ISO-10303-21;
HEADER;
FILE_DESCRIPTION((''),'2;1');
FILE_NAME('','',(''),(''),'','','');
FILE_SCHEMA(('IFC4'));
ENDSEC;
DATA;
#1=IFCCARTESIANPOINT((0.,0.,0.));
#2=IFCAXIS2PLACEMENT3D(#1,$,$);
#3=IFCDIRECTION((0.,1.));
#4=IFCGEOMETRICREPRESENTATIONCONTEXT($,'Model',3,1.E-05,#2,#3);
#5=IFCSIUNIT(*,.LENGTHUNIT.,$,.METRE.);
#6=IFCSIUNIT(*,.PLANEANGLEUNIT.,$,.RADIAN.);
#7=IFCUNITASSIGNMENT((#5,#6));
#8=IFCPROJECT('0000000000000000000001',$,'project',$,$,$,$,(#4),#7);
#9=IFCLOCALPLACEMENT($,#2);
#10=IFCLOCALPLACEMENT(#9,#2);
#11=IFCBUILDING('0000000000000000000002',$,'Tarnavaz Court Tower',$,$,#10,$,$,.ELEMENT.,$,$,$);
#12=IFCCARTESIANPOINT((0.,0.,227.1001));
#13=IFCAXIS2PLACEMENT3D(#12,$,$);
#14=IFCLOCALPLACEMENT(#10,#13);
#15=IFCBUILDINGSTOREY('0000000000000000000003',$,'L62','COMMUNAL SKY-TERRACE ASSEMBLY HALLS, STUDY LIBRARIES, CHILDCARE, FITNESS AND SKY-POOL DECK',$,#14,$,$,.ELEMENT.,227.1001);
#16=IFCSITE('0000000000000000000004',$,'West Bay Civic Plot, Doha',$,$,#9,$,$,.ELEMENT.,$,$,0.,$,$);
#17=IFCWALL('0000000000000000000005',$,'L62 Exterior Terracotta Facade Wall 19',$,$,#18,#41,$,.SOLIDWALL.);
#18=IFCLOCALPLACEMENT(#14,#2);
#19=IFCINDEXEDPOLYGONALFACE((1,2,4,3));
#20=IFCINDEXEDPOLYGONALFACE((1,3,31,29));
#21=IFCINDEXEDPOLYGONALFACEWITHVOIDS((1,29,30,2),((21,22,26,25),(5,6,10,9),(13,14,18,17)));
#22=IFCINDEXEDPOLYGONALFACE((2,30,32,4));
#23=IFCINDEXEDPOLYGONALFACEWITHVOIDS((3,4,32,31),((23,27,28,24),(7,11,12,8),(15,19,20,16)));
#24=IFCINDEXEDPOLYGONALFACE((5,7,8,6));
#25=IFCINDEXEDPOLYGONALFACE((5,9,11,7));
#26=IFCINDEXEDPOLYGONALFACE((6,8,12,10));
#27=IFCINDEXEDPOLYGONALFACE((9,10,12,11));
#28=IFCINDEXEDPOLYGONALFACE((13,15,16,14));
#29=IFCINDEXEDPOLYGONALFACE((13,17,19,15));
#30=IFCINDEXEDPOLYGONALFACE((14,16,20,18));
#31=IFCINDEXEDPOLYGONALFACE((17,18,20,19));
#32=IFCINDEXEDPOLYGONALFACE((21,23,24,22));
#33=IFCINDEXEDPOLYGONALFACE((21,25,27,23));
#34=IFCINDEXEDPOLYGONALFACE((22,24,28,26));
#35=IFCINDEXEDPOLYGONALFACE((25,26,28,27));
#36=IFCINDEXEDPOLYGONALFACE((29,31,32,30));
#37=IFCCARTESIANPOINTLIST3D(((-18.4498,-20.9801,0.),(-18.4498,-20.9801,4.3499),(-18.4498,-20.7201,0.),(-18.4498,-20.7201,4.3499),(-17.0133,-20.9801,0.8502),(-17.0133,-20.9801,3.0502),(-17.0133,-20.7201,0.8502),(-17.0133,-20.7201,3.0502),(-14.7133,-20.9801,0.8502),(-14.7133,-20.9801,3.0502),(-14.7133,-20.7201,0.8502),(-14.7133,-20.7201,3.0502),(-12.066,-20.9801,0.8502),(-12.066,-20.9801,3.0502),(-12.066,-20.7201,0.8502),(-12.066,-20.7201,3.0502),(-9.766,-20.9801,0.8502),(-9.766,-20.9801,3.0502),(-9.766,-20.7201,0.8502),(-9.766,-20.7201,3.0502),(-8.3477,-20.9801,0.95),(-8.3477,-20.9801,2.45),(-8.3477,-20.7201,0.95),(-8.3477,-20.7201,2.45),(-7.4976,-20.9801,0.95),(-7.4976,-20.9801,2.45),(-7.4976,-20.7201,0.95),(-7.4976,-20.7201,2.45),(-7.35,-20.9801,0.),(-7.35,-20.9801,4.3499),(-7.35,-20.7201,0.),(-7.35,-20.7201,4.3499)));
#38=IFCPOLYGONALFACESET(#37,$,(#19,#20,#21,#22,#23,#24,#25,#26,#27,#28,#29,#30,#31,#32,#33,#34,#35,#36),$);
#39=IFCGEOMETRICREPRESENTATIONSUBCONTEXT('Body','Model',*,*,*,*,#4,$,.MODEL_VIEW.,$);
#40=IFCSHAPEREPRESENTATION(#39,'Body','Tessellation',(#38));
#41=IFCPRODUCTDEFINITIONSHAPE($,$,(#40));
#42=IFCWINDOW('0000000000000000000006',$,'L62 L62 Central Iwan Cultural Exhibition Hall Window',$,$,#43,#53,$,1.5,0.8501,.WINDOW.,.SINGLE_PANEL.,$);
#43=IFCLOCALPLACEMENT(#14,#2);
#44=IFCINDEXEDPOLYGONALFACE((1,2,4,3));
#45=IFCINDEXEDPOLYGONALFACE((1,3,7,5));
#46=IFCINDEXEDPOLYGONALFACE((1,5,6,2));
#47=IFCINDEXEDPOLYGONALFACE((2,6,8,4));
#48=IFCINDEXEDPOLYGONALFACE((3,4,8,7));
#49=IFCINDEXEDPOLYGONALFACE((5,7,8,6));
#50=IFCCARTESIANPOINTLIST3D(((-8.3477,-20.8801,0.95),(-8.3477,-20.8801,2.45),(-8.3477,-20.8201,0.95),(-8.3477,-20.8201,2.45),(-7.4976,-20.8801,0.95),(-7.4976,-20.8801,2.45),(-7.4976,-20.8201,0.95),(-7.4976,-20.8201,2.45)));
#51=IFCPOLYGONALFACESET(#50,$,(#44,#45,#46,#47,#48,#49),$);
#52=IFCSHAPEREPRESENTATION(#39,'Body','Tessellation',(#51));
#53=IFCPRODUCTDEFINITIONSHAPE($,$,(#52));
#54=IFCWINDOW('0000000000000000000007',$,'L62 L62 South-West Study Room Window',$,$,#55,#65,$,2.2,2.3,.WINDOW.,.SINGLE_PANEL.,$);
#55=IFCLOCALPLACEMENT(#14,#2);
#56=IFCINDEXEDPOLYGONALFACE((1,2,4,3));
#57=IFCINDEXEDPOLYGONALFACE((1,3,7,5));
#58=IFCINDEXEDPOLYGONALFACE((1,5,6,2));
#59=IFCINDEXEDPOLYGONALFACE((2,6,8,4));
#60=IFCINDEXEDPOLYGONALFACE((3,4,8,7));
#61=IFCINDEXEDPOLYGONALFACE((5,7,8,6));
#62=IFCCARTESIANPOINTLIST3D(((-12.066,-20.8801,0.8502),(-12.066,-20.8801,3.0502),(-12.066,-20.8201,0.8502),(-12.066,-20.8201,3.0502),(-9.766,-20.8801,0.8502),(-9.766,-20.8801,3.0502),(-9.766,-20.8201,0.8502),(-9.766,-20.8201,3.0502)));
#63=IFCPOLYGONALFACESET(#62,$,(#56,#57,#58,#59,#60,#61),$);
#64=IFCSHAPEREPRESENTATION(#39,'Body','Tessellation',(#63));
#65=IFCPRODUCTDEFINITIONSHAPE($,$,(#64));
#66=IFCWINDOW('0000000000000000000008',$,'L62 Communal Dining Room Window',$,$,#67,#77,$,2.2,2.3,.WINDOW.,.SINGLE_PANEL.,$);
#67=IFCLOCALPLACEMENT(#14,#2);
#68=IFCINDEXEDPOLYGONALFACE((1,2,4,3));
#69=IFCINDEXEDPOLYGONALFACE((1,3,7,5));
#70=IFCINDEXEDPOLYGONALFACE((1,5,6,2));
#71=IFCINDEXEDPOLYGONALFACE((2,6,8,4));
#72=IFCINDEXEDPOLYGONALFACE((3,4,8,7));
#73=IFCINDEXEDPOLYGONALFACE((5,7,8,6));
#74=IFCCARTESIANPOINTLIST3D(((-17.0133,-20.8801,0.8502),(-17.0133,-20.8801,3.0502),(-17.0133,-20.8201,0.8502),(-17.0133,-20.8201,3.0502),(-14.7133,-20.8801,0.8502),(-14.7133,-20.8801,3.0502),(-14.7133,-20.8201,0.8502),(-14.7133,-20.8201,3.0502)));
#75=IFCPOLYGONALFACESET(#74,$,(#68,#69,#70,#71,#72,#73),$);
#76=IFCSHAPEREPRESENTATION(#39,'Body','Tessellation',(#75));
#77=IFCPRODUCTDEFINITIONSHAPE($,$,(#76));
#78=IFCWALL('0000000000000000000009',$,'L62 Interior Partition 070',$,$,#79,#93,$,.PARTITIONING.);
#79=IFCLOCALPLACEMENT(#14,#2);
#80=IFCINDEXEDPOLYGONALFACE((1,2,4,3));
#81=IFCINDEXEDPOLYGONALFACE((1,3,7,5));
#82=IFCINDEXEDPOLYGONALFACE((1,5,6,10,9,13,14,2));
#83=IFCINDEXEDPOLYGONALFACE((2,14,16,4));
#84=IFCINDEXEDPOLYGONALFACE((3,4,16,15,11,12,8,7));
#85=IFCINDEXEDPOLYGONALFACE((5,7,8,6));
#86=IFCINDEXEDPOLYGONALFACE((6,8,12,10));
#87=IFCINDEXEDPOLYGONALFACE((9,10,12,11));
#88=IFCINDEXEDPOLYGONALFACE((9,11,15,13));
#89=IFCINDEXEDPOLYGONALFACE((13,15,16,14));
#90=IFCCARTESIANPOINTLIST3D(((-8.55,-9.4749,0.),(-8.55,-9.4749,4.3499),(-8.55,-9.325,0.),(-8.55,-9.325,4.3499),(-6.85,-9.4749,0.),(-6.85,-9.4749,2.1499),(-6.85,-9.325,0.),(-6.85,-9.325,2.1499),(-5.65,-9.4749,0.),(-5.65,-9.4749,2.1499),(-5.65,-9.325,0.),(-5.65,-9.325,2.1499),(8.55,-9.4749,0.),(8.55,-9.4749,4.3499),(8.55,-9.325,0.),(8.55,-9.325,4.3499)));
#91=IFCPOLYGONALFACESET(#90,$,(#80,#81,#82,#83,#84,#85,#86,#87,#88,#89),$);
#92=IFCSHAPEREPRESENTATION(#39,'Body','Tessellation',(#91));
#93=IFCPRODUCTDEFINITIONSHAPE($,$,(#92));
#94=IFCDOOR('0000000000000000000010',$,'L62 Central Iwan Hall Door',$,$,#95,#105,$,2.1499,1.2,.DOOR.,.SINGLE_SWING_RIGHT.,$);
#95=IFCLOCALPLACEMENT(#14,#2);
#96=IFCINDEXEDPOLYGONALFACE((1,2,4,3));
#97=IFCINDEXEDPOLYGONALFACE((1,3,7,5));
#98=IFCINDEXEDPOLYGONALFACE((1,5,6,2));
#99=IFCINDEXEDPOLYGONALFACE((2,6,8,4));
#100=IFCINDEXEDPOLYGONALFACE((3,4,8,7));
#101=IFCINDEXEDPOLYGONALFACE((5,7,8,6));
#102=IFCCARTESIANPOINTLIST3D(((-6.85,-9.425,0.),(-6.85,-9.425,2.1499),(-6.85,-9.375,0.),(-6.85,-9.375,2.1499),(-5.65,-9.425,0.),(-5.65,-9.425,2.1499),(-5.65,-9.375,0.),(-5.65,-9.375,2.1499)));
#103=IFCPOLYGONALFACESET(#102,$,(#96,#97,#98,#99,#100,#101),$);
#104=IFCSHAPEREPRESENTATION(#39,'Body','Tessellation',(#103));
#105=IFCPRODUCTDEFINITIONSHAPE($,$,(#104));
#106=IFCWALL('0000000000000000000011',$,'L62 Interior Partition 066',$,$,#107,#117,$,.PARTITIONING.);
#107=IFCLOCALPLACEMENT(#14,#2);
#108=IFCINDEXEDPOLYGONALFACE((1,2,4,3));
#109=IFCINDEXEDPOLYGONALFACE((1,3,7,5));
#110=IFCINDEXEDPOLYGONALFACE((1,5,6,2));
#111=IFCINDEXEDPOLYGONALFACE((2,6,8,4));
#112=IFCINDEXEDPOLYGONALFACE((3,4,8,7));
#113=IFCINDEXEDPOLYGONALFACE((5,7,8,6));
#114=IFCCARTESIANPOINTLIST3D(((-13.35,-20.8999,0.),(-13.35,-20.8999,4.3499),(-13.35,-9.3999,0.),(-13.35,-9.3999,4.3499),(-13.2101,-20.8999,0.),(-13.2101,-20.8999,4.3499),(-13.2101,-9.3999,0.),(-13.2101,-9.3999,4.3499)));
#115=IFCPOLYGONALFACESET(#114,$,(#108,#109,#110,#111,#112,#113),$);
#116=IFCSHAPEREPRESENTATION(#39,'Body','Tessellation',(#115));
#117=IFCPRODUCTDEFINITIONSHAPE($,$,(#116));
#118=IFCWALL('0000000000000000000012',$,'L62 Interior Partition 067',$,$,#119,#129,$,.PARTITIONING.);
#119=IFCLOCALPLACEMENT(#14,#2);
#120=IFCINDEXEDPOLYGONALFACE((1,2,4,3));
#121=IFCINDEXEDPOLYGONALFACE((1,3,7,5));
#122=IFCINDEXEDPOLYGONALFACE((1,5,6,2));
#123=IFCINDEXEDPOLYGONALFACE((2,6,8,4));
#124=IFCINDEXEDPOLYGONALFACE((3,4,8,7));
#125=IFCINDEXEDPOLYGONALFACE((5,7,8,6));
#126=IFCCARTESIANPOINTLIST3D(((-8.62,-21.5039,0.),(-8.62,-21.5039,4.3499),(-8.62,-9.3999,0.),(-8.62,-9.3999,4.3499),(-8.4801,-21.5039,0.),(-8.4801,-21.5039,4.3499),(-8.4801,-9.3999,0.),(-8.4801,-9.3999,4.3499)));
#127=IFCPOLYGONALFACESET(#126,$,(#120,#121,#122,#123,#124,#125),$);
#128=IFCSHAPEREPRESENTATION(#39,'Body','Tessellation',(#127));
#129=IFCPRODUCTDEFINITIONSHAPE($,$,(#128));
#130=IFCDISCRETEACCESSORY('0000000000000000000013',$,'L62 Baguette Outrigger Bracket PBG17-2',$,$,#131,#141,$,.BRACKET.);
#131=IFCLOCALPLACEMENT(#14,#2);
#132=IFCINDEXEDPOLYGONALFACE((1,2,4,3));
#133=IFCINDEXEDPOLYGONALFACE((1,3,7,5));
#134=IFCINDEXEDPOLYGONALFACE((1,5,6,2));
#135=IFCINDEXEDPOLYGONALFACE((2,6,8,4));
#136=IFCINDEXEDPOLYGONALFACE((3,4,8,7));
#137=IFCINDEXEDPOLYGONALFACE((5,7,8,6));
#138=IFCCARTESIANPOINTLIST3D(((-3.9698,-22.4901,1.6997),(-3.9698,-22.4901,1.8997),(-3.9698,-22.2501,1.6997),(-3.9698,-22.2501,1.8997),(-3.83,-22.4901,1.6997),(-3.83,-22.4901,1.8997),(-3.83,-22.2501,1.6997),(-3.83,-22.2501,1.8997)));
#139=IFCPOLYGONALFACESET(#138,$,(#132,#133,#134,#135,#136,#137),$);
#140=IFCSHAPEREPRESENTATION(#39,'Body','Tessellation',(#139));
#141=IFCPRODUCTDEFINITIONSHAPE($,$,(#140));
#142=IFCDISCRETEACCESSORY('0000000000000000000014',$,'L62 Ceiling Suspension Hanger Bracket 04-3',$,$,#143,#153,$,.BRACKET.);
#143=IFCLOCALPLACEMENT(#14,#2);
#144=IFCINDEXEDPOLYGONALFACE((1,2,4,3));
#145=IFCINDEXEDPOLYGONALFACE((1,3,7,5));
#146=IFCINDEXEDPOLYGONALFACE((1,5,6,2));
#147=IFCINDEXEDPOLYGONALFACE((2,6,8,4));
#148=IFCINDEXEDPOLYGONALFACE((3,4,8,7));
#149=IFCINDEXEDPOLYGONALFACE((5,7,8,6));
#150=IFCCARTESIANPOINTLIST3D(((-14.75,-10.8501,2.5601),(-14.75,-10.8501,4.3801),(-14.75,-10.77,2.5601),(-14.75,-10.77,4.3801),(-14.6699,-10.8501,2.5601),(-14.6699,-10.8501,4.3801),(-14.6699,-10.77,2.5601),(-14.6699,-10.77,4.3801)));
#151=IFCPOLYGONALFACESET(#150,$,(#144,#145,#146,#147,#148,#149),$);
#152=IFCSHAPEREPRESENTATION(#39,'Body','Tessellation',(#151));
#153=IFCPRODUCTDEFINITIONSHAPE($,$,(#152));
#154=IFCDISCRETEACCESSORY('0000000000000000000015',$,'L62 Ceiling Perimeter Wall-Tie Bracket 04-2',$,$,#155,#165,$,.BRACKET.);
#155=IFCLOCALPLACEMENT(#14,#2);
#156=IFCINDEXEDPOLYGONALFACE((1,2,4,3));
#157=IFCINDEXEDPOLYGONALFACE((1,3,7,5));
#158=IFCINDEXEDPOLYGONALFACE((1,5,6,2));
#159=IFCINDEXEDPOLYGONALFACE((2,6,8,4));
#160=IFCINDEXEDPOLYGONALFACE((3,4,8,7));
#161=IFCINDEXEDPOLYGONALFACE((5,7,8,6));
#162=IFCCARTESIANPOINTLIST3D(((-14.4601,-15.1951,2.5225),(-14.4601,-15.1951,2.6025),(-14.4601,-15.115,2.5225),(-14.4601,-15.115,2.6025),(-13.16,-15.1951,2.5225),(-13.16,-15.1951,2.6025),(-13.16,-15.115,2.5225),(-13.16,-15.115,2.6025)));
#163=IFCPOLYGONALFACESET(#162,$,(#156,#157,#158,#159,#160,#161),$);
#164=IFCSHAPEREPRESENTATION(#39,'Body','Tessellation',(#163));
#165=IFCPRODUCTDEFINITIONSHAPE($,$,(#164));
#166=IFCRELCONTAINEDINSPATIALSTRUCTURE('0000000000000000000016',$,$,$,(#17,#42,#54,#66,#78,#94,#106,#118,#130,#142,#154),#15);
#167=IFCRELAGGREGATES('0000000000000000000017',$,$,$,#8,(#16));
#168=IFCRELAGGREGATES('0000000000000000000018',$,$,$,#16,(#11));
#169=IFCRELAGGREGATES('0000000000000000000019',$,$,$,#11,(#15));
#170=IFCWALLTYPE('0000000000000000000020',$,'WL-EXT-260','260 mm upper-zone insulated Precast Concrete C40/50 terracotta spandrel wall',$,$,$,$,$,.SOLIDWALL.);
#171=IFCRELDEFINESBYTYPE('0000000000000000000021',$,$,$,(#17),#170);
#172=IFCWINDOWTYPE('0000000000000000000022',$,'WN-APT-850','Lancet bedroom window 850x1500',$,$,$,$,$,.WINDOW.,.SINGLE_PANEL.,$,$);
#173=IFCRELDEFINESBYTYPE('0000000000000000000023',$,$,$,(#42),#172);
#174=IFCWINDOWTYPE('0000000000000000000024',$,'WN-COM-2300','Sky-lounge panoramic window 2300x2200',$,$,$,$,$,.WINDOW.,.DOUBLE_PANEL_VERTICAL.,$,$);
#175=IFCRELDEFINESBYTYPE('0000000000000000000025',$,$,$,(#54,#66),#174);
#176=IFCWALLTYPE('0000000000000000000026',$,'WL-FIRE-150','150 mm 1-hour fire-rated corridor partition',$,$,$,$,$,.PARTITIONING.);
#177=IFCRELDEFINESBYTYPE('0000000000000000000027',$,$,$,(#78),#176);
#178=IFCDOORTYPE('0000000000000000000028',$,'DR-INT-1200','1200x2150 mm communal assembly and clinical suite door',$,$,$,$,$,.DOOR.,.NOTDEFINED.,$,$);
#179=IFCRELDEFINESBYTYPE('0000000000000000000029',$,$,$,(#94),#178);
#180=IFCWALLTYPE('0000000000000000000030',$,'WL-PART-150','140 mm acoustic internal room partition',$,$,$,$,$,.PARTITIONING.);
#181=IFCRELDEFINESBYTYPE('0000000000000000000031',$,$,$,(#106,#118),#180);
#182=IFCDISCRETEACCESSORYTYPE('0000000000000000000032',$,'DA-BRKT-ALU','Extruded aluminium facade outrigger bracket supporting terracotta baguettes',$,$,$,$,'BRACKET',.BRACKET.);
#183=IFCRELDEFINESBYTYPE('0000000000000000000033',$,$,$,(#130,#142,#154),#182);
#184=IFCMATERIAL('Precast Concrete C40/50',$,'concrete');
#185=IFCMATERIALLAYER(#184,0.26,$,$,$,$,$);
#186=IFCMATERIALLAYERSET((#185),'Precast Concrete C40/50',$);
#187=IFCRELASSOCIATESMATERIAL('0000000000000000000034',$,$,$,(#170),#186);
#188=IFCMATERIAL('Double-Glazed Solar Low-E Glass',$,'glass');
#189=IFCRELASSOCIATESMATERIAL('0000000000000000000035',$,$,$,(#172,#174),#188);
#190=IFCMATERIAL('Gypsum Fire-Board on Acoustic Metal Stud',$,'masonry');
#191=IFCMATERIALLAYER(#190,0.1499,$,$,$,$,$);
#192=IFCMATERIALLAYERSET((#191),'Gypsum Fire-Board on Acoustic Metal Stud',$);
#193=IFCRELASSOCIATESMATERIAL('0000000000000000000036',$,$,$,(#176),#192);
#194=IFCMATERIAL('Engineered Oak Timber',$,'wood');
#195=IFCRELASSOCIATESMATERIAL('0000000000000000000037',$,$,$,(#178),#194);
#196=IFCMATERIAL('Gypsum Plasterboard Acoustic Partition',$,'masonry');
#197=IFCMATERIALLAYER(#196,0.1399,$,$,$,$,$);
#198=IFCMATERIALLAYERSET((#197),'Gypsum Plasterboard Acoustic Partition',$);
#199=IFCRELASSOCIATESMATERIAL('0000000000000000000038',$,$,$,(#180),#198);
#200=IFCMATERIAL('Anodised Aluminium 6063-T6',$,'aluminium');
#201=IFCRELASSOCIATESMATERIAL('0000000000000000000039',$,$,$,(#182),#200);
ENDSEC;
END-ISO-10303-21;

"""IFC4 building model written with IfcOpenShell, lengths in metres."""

from ifc_helpers import new_model, si_unit, direction, frame, frame_2d, origin, origin_2d, place, context, subcontext, project, spatial, rectangle, extrude, material, layer, layer_set, type_object, element, fill, save


model = new_model("IFC4")

# Units and contexts
model_context = context("Model", 3, precision=1e-05, world=origin(), true_north=direction((0.0, 1.0)))
body_context = subcontext(model_context, "Body", "Model", "MODEL_VIEW")
ifc_project = project(units=[si_unit("LENGTHUNIT", "METRE"), si_unit("PLANEANGLEUNIT", "RADIAN")], contexts=[model_context])

# Site, building, storey
site_placement = place(None, origin())
site = spatial("IfcSite", under=ifc_project, at=site_placement, Name="West Bay Civic Plot, Doha", CompositionType="ELEMENT", RefElevation=0.0)
building_placement = place(site_placement, origin())
building = spatial("IfcBuilding", under=site, at=building_placement, Name="Tarnavaz Court Tower", CompositionType="ELEMENT")
storey_placement = place(building_placement, frame((0.0, 0.0, 227.1001)))
storey = spatial("IfcBuildingStorey", under=building, at=storey_placement, Name="L62", Description="COMMUNAL SKY-TERRACE ASSEMBLY HALLS, STUDY LIBRARIES, CHILDCARE, FITNESS AND SKY-POOL DECK", CompositionType="ELEMENT", Elevation=227.1001)

# Shared definitions
ifc_material_1 = material(Name="Anodised Aluminium 6063-T6", Category="aluminium")
ifc_material_2 = material(Name="Double-Glazed Solar Low-E Glass", Category="glass")

# Shared definitions
ifc_material_3 = material(Name="Precast Concrete C40/50", Category="concrete")
ifc_layer_1 = layer(ifc_material_3, 0.26)
ifc_layer_set_1 = layer_set([ifc_layer_1], Name="Precast Concrete C40/50")
wall_type_1 = type_object("IfcWallType", Name="WL-EXT-260", Description="260 mm upper-zone insulated Precast Concrete C40/50 terracotta spandrel wall", PredefinedType="SOLIDWALL", material=ifc_layer_set_1)

# Wall, openings, windows
wall_1_placement = place(storey_placement, frame((-7.3501, -20.8501, 0.0), z_axis=(0.0, 0.0, 1.0), x_axis=(-1.0, 0.0, 0.0)))
wall_1 = element("IfcWall", 1, at=wall_1_placement, inside=storey, type_object=wall_type_1, Name="L62 Exterior Terracotta Facade Wall 19", PredefinedType="SOLIDWALL", context=body_context, shape_type="SweptSolid", body=[
    extrude(rectangle(XDim=11.0999, YDim=0.26, at=frame_2d((5.5498, 0.0))), origin(), (0.0, 0.0, 1.0), 4.3499),
])
opening_1_placement = place(wall_1_placement, frame((0.1475, 0.0, 0.95)))
opening_1 = element("IfcOpeningElement", 2, at=opening_1_placement, cuts=wall_1, PredefinedType="OPENING", context=body_context, shape_type="SweptSolid", body=[
    extrude(rectangle(XDim=0.8501, YDim=1.5, at=frame_2d((0.425, 0.75))), frame((0.0, 0.1399, 0.0), z_axis=(0.0, -1.0, 0.0), x_axis=(1.0, 0.0, 0.0)), (0.0, 0.0, 1.0), 0.28),
])
opening_2_placement = place(wall_1_placement, frame((2.416, 0.0, 0.8501)))
opening_2 = element("IfcOpeningElement", 3, at=opening_2_placement, cuts=wall_1, PredefinedType="OPENING", context=body_context, shape_type="SweptSolid", body=[
    extrude(rectangle(XDim=2.3, YDim=2.2, at=frame_2d((1.1499, 1.1001))), frame((0.0, 0.1399, 0.0), z_axis=(0.0, -1.0, 0.0), x_axis=(1.0, 0.0, 0.0)), (0.0, 0.0, 1.0), 0.28),
])
opening_3_placement = place(wall_1_placement, frame((7.3633, 0.0, 0.8501)))
opening_3 = element("IfcOpeningElement", 4, at=opening_3_placement, cuts=wall_1, PredefinedType="OPENING", context=body_context, shape_type="SweptSolid", body=[
    extrude(rectangle(XDim=2.3, YDim=2.2, at=frame_2d((1.1499, 1.1001))), frame((0.0, 0.1399, 0.0), z_axis=(0.0, -1.0, 0.0), x_axis=(1.0, 0.0, 0.0)), (0.0, 0.0, 1.0), 0.28),
])
window_type_1 = type_object("IfcWindowType", Name="WN-APT-850", Description="Lancet bedroom window 850x1500", PartitioningType="SINGLE_PANEL", PredefinedType="WINDOW", material=ifc_material_2)
window_1_placement = place(opening_1_placement, origin())
window_1 = element("IfcWindow", 5, at=window_1_placement, inside=storey, type_object=window_type_1, Name="L62 L62 Central Iwan Cultural Exhibition Hall Window", OverallHeight=1.5, OverallWidth=0.8501, PartitioningType="SINGLE_PANEL", PredefinedType="WINDOW", context=body_context, shape_type="SweptSolid", body=[
    extrude(rectangle(XDim=0.8501, YDim=1.5, at=frame_2d((0.425, 0.75))), frame((0.0, 0.03, 0.0), z_axis=(0.0, -1.0, 0.0), x_axis=(1.0, 0.0, 0.0)), (0.0, 0.0, 1.0), 0.0601),
])
fill(opening_1, window_1)
window_type_2 = type_object("IfcWindowType", Name="WN-COM-2300", Description="Sky-lounge panoramic window 2300x2200", PartitioningType="DOUBLE_PANEL_VERTICAL", PredefinedType="WINDOW", material=ifc_material_2)
window_2_placement = place(opening_2_placement, origin())
window_2 = element("IfcWindow", 6, at=window_2_placement, inside=storey, type_object=window_type_2, Name="L62 L62 South-West Study Room Window", OverallHeight=2.2, OverallWidth=2.3, PartitioningType="SINGLE_PANEL", PredefinedType="WINDOW", context=body_context, shape_type="SweptSolid", body=[
    extrude(rectangle(XDim=2.3, YDim=2.2, at=frame_2d((1.1499, 1.1001))), frame((0.0, 0.03, 0.0), z_axis=(0.0, -1.0, 0.0), x_axis=(1.0, 0.0, 0.0)), (0.0, 0.0, 1.0), 0.0601),
])
fill(opening_2, window_2)
window_3_placement = place(opening_3_placement, origin())
window_3 = element("IfcWindow", 7, at=window_3_placement, inside=storey, type_object=window_type_2, Name="L62 Communal Dining Room Window", OverallHeight=2.2, OverallWidth=2.3, PartitioningType="SINGLE_PANEL", PredefinedType="WINDOW", context=body_context, shape_type="SweptSolid", body=[
    extrude(rectangle(XDim=2.3, YDim=2.2, at=frame_2d((1.1499, 1.1001))), frame((0.0, 0.03, 0.0), z_axis=(0.0, -1.0, 0.0), x_axis=(1.0, 0.0, 0.0)), (0.0, 0.0, 1.0), 0.0601),
])
fill(opening_3, window_3)

# Wall, opening, door
ifc_material_4 = material(Name="Gypsum Fire-Board on Acoustic Metal Stud", Category="masonry")
ifc_layer_2 = layer(ifc_material_4, 0.1499)
ifc_layer_set_2 = layer_set([ifc_layer_2], Name="Gypsum Fire-Board on Acoustic Metal Stud")
wall_type_2 = type_object("IfcWallType", Name="WL-FIRE-150", Description="150 mm 1-hour fire-rated corridor partition", PredefinedType="PARTITIONING", material=ifc_layer_set_2)
wall_2_placement = place(storey_placement, frame((-8.55, -9.3999, 0.0), z_axis=(0.0, 0.0, 1.0), x_axis=(1.0, 0.0, 0.0)))
wall_2 = element("IfcWall", 8, at=wall_2_placement, inside=storey, type_object=wall_type_2, Name="L62 Interior Partition 070", PredefinedType="PARTITIONING", context=body_context, shape_type="SweptSolid", body=[
    extrude(rectangle(XDim=17.1001, YDim=0.1499, at=frame_2d((8.55, 0.0))), origin(), (0.0, 0.0, 1.0), 4.3499),
])
opening_4_placement = place(wall_2_placement, frame((1.7, 0.0, 0.0)))
opening_4 = element("IfcOpeningElement", 9, at=opening_4_placement, cuts=wall_2, PredefinedType="OPENING", context=body_context, shape_type="SweptSolid", body=[
    extrude(rectangle(XDim=1.2, YDim=2.1499, at=frame_2d((0.6001, 1.075))), frame((0.0, 0.085, 0.0), z_axis=(0.0, -1.0, 0.0), x_axis=(1.0, 0.0, 0.0)), (0.0, 0.0, 1.0), 0.1699),
])
ifc_material_5 = material(Name="Engineered Oak Timber", Category="wood")
door_type = type_object("IfcDoorType", Name="DR-INT-1200", Description="1200x2150 mm communal assembly and clinical suite door", OperationType="NOTDEFINED", PredefinedType="DOOR", material=ifc_material_5)
door_placement = place(opening_4_placement, origin())
door = element("IfcDoor", 10, at=door_placement, inside=storey, type_object=door_type, Name="L62 Central Iwan Hall Door", OperationType="SINGLE_SWING_RIGHT", OverallHeight=2.1499, OverallWidth=1.2, PredefinedType="DOOR", context=body_context, shape_type="SweptSolid", body=[
    extrude(rectangle(XDim=1.2, YDim=2.1499, at=frame_2d((0.6001, 1.075))), frame((0.0, 0.0249, 0.0), z_axis=(0.0, -1.0, 0.0), x_axis=(1.0, 0.0, 0.0)), (0.0, 0.0, 1.0), 0.05),
])
fill(opening_4, door)

# Walls
ifc_material_6 = material(Name="Gypsum Plasterboard Acoustic Partition", Category="masonry")
ifc_layer_3 = layer(ifc_material_6, 0.1399)
ifc_layer_set_3 = layer_set([ifc_layer_3], Name="Gypsum Plasterboard Acoustic Partition")
wall_type_3 = type_object("IfcWallType", Name="WL-PART-150", Description="140 mm acoustic internal room partition", PredefinedType="PARTITIONING", material=ifc_layer_set_3)
wall_3_placement = place(storey_placement, frame((-13.28, -20.8999, 0.0), z_axis=(0.0, 0.0, 1.0), x_axis=(0.0, 1.0, 0.0)))
element("IfcWall", 11, at=wall_3_placement, inside=storey, type_object=wall_type_3, Name="L62 Interior Partition 066", PredefinedType="PARTITIONING", context=body_context, shape_type="SweptSolid", body=[
    extrude(rectangle(XDim=11.5, YDim=0.1399, at=frame_2d((5.75, 0.0))), origin(), (0.0, 0.0, 1.0), 4.3499),
])
wall_4_placement = place(storey_placement, frame((-8.55, -21.5039, 0.0), z_axis=(0.0, 0.0, 1.0), x_axis=(0.0, 1.0, 0.0)))
element("IfcWall", 12, at=wall_4_placement, inside=storey, type_object=wall_type_3, Name="L62 Interior Partition 067", PredefinedType="PARTITIONING", context=body_context, shape_type="SweptSolid", body=[
    extrude(rectangle(XDim=12.104, YDim=0.1399, at=frame_2d((6.052, 0.0))), origin(), (0.0, 0.0, 1.0), 4.3499),
])

# Discrete accessories
discrete_accessory_type = type_object("IfcDiscreteAccessoryType", Name="DA-BRKT-ALU", Description="Extruded aluminium facade outrigger bracket supporting terracotta baguettes", ElementType="BRACKET", PredefinedType="BRACKET", material=ifc_material_1)
discrete_accessory_1_placement = place(storey_placement, frame((-3.8999, -22.3701, 1.6997), z_axis=(0.0, 0.0, 1.0), x_axis=(-1.0, 0.0, 0.0)))
element("IfcDiscreteAccessory", 13, at=discrete_accessory_1_placement, inside=storey, type_object=discrete_accessory_type, Name="L62 Baguette Outrigger Bracket PBG17-2", PredefinedType="BRACKET", context=body_context, shape_type="SweptSolid", body=[
    extrude(rectangle(XDim=0.1399, YDim=0.24, at=origin_2d()), origin(), (0.0, 0.0, 1.0), 0.2),
])
discrete_accessory_2_placement = place(storey_placement, frame((-14.71, -10.8101, 2.5601), z_axis=(0.0, 0.0, 1.0), x_axis=(1.0, 0.0, 0.0)))
element("IfcDiscreteAccessory", 14, at=discrete_accessory_2_placement, inside=storey, type_object=discrete_accessory_type, Name="L62 Ceiling Suspension Hanger Bracket 04-3", PredefinedType="BRACKET", context=body_context, shape_type="SweptSolid", body=[
    extrude(rectangle(XDim=0.0801, YDim=0.0801, at=origin_2d()), origin(), (0.0, 0.0, 1.0), 1.8201),
])
discrete_accessory_3_placement = place(storey_placement, frame((-13.8101, -15.155, 2.5225), z_axis=(0.0, 0.0, 1.0), x_axis=(1.0, 0.0, 0.0)))
element("IfcDiscreteAccessory", 15, at=discrete_accessory_3_placement, inside=storey, type_object=discrete_accessory_type, Name="L62 Ceiling Perimeter Wall-Tie Bracket 04-2", PredefinedType="BRACKET", context=body_context, shape_type="SweptSolid", body=[
    extrude(rectangle(XDim=1.3, YDim=0.0801, at=origin_2d()), origin(), (0.0, 0.0, 1.0), 0.0801),
])

save(model, "model.ifc")
